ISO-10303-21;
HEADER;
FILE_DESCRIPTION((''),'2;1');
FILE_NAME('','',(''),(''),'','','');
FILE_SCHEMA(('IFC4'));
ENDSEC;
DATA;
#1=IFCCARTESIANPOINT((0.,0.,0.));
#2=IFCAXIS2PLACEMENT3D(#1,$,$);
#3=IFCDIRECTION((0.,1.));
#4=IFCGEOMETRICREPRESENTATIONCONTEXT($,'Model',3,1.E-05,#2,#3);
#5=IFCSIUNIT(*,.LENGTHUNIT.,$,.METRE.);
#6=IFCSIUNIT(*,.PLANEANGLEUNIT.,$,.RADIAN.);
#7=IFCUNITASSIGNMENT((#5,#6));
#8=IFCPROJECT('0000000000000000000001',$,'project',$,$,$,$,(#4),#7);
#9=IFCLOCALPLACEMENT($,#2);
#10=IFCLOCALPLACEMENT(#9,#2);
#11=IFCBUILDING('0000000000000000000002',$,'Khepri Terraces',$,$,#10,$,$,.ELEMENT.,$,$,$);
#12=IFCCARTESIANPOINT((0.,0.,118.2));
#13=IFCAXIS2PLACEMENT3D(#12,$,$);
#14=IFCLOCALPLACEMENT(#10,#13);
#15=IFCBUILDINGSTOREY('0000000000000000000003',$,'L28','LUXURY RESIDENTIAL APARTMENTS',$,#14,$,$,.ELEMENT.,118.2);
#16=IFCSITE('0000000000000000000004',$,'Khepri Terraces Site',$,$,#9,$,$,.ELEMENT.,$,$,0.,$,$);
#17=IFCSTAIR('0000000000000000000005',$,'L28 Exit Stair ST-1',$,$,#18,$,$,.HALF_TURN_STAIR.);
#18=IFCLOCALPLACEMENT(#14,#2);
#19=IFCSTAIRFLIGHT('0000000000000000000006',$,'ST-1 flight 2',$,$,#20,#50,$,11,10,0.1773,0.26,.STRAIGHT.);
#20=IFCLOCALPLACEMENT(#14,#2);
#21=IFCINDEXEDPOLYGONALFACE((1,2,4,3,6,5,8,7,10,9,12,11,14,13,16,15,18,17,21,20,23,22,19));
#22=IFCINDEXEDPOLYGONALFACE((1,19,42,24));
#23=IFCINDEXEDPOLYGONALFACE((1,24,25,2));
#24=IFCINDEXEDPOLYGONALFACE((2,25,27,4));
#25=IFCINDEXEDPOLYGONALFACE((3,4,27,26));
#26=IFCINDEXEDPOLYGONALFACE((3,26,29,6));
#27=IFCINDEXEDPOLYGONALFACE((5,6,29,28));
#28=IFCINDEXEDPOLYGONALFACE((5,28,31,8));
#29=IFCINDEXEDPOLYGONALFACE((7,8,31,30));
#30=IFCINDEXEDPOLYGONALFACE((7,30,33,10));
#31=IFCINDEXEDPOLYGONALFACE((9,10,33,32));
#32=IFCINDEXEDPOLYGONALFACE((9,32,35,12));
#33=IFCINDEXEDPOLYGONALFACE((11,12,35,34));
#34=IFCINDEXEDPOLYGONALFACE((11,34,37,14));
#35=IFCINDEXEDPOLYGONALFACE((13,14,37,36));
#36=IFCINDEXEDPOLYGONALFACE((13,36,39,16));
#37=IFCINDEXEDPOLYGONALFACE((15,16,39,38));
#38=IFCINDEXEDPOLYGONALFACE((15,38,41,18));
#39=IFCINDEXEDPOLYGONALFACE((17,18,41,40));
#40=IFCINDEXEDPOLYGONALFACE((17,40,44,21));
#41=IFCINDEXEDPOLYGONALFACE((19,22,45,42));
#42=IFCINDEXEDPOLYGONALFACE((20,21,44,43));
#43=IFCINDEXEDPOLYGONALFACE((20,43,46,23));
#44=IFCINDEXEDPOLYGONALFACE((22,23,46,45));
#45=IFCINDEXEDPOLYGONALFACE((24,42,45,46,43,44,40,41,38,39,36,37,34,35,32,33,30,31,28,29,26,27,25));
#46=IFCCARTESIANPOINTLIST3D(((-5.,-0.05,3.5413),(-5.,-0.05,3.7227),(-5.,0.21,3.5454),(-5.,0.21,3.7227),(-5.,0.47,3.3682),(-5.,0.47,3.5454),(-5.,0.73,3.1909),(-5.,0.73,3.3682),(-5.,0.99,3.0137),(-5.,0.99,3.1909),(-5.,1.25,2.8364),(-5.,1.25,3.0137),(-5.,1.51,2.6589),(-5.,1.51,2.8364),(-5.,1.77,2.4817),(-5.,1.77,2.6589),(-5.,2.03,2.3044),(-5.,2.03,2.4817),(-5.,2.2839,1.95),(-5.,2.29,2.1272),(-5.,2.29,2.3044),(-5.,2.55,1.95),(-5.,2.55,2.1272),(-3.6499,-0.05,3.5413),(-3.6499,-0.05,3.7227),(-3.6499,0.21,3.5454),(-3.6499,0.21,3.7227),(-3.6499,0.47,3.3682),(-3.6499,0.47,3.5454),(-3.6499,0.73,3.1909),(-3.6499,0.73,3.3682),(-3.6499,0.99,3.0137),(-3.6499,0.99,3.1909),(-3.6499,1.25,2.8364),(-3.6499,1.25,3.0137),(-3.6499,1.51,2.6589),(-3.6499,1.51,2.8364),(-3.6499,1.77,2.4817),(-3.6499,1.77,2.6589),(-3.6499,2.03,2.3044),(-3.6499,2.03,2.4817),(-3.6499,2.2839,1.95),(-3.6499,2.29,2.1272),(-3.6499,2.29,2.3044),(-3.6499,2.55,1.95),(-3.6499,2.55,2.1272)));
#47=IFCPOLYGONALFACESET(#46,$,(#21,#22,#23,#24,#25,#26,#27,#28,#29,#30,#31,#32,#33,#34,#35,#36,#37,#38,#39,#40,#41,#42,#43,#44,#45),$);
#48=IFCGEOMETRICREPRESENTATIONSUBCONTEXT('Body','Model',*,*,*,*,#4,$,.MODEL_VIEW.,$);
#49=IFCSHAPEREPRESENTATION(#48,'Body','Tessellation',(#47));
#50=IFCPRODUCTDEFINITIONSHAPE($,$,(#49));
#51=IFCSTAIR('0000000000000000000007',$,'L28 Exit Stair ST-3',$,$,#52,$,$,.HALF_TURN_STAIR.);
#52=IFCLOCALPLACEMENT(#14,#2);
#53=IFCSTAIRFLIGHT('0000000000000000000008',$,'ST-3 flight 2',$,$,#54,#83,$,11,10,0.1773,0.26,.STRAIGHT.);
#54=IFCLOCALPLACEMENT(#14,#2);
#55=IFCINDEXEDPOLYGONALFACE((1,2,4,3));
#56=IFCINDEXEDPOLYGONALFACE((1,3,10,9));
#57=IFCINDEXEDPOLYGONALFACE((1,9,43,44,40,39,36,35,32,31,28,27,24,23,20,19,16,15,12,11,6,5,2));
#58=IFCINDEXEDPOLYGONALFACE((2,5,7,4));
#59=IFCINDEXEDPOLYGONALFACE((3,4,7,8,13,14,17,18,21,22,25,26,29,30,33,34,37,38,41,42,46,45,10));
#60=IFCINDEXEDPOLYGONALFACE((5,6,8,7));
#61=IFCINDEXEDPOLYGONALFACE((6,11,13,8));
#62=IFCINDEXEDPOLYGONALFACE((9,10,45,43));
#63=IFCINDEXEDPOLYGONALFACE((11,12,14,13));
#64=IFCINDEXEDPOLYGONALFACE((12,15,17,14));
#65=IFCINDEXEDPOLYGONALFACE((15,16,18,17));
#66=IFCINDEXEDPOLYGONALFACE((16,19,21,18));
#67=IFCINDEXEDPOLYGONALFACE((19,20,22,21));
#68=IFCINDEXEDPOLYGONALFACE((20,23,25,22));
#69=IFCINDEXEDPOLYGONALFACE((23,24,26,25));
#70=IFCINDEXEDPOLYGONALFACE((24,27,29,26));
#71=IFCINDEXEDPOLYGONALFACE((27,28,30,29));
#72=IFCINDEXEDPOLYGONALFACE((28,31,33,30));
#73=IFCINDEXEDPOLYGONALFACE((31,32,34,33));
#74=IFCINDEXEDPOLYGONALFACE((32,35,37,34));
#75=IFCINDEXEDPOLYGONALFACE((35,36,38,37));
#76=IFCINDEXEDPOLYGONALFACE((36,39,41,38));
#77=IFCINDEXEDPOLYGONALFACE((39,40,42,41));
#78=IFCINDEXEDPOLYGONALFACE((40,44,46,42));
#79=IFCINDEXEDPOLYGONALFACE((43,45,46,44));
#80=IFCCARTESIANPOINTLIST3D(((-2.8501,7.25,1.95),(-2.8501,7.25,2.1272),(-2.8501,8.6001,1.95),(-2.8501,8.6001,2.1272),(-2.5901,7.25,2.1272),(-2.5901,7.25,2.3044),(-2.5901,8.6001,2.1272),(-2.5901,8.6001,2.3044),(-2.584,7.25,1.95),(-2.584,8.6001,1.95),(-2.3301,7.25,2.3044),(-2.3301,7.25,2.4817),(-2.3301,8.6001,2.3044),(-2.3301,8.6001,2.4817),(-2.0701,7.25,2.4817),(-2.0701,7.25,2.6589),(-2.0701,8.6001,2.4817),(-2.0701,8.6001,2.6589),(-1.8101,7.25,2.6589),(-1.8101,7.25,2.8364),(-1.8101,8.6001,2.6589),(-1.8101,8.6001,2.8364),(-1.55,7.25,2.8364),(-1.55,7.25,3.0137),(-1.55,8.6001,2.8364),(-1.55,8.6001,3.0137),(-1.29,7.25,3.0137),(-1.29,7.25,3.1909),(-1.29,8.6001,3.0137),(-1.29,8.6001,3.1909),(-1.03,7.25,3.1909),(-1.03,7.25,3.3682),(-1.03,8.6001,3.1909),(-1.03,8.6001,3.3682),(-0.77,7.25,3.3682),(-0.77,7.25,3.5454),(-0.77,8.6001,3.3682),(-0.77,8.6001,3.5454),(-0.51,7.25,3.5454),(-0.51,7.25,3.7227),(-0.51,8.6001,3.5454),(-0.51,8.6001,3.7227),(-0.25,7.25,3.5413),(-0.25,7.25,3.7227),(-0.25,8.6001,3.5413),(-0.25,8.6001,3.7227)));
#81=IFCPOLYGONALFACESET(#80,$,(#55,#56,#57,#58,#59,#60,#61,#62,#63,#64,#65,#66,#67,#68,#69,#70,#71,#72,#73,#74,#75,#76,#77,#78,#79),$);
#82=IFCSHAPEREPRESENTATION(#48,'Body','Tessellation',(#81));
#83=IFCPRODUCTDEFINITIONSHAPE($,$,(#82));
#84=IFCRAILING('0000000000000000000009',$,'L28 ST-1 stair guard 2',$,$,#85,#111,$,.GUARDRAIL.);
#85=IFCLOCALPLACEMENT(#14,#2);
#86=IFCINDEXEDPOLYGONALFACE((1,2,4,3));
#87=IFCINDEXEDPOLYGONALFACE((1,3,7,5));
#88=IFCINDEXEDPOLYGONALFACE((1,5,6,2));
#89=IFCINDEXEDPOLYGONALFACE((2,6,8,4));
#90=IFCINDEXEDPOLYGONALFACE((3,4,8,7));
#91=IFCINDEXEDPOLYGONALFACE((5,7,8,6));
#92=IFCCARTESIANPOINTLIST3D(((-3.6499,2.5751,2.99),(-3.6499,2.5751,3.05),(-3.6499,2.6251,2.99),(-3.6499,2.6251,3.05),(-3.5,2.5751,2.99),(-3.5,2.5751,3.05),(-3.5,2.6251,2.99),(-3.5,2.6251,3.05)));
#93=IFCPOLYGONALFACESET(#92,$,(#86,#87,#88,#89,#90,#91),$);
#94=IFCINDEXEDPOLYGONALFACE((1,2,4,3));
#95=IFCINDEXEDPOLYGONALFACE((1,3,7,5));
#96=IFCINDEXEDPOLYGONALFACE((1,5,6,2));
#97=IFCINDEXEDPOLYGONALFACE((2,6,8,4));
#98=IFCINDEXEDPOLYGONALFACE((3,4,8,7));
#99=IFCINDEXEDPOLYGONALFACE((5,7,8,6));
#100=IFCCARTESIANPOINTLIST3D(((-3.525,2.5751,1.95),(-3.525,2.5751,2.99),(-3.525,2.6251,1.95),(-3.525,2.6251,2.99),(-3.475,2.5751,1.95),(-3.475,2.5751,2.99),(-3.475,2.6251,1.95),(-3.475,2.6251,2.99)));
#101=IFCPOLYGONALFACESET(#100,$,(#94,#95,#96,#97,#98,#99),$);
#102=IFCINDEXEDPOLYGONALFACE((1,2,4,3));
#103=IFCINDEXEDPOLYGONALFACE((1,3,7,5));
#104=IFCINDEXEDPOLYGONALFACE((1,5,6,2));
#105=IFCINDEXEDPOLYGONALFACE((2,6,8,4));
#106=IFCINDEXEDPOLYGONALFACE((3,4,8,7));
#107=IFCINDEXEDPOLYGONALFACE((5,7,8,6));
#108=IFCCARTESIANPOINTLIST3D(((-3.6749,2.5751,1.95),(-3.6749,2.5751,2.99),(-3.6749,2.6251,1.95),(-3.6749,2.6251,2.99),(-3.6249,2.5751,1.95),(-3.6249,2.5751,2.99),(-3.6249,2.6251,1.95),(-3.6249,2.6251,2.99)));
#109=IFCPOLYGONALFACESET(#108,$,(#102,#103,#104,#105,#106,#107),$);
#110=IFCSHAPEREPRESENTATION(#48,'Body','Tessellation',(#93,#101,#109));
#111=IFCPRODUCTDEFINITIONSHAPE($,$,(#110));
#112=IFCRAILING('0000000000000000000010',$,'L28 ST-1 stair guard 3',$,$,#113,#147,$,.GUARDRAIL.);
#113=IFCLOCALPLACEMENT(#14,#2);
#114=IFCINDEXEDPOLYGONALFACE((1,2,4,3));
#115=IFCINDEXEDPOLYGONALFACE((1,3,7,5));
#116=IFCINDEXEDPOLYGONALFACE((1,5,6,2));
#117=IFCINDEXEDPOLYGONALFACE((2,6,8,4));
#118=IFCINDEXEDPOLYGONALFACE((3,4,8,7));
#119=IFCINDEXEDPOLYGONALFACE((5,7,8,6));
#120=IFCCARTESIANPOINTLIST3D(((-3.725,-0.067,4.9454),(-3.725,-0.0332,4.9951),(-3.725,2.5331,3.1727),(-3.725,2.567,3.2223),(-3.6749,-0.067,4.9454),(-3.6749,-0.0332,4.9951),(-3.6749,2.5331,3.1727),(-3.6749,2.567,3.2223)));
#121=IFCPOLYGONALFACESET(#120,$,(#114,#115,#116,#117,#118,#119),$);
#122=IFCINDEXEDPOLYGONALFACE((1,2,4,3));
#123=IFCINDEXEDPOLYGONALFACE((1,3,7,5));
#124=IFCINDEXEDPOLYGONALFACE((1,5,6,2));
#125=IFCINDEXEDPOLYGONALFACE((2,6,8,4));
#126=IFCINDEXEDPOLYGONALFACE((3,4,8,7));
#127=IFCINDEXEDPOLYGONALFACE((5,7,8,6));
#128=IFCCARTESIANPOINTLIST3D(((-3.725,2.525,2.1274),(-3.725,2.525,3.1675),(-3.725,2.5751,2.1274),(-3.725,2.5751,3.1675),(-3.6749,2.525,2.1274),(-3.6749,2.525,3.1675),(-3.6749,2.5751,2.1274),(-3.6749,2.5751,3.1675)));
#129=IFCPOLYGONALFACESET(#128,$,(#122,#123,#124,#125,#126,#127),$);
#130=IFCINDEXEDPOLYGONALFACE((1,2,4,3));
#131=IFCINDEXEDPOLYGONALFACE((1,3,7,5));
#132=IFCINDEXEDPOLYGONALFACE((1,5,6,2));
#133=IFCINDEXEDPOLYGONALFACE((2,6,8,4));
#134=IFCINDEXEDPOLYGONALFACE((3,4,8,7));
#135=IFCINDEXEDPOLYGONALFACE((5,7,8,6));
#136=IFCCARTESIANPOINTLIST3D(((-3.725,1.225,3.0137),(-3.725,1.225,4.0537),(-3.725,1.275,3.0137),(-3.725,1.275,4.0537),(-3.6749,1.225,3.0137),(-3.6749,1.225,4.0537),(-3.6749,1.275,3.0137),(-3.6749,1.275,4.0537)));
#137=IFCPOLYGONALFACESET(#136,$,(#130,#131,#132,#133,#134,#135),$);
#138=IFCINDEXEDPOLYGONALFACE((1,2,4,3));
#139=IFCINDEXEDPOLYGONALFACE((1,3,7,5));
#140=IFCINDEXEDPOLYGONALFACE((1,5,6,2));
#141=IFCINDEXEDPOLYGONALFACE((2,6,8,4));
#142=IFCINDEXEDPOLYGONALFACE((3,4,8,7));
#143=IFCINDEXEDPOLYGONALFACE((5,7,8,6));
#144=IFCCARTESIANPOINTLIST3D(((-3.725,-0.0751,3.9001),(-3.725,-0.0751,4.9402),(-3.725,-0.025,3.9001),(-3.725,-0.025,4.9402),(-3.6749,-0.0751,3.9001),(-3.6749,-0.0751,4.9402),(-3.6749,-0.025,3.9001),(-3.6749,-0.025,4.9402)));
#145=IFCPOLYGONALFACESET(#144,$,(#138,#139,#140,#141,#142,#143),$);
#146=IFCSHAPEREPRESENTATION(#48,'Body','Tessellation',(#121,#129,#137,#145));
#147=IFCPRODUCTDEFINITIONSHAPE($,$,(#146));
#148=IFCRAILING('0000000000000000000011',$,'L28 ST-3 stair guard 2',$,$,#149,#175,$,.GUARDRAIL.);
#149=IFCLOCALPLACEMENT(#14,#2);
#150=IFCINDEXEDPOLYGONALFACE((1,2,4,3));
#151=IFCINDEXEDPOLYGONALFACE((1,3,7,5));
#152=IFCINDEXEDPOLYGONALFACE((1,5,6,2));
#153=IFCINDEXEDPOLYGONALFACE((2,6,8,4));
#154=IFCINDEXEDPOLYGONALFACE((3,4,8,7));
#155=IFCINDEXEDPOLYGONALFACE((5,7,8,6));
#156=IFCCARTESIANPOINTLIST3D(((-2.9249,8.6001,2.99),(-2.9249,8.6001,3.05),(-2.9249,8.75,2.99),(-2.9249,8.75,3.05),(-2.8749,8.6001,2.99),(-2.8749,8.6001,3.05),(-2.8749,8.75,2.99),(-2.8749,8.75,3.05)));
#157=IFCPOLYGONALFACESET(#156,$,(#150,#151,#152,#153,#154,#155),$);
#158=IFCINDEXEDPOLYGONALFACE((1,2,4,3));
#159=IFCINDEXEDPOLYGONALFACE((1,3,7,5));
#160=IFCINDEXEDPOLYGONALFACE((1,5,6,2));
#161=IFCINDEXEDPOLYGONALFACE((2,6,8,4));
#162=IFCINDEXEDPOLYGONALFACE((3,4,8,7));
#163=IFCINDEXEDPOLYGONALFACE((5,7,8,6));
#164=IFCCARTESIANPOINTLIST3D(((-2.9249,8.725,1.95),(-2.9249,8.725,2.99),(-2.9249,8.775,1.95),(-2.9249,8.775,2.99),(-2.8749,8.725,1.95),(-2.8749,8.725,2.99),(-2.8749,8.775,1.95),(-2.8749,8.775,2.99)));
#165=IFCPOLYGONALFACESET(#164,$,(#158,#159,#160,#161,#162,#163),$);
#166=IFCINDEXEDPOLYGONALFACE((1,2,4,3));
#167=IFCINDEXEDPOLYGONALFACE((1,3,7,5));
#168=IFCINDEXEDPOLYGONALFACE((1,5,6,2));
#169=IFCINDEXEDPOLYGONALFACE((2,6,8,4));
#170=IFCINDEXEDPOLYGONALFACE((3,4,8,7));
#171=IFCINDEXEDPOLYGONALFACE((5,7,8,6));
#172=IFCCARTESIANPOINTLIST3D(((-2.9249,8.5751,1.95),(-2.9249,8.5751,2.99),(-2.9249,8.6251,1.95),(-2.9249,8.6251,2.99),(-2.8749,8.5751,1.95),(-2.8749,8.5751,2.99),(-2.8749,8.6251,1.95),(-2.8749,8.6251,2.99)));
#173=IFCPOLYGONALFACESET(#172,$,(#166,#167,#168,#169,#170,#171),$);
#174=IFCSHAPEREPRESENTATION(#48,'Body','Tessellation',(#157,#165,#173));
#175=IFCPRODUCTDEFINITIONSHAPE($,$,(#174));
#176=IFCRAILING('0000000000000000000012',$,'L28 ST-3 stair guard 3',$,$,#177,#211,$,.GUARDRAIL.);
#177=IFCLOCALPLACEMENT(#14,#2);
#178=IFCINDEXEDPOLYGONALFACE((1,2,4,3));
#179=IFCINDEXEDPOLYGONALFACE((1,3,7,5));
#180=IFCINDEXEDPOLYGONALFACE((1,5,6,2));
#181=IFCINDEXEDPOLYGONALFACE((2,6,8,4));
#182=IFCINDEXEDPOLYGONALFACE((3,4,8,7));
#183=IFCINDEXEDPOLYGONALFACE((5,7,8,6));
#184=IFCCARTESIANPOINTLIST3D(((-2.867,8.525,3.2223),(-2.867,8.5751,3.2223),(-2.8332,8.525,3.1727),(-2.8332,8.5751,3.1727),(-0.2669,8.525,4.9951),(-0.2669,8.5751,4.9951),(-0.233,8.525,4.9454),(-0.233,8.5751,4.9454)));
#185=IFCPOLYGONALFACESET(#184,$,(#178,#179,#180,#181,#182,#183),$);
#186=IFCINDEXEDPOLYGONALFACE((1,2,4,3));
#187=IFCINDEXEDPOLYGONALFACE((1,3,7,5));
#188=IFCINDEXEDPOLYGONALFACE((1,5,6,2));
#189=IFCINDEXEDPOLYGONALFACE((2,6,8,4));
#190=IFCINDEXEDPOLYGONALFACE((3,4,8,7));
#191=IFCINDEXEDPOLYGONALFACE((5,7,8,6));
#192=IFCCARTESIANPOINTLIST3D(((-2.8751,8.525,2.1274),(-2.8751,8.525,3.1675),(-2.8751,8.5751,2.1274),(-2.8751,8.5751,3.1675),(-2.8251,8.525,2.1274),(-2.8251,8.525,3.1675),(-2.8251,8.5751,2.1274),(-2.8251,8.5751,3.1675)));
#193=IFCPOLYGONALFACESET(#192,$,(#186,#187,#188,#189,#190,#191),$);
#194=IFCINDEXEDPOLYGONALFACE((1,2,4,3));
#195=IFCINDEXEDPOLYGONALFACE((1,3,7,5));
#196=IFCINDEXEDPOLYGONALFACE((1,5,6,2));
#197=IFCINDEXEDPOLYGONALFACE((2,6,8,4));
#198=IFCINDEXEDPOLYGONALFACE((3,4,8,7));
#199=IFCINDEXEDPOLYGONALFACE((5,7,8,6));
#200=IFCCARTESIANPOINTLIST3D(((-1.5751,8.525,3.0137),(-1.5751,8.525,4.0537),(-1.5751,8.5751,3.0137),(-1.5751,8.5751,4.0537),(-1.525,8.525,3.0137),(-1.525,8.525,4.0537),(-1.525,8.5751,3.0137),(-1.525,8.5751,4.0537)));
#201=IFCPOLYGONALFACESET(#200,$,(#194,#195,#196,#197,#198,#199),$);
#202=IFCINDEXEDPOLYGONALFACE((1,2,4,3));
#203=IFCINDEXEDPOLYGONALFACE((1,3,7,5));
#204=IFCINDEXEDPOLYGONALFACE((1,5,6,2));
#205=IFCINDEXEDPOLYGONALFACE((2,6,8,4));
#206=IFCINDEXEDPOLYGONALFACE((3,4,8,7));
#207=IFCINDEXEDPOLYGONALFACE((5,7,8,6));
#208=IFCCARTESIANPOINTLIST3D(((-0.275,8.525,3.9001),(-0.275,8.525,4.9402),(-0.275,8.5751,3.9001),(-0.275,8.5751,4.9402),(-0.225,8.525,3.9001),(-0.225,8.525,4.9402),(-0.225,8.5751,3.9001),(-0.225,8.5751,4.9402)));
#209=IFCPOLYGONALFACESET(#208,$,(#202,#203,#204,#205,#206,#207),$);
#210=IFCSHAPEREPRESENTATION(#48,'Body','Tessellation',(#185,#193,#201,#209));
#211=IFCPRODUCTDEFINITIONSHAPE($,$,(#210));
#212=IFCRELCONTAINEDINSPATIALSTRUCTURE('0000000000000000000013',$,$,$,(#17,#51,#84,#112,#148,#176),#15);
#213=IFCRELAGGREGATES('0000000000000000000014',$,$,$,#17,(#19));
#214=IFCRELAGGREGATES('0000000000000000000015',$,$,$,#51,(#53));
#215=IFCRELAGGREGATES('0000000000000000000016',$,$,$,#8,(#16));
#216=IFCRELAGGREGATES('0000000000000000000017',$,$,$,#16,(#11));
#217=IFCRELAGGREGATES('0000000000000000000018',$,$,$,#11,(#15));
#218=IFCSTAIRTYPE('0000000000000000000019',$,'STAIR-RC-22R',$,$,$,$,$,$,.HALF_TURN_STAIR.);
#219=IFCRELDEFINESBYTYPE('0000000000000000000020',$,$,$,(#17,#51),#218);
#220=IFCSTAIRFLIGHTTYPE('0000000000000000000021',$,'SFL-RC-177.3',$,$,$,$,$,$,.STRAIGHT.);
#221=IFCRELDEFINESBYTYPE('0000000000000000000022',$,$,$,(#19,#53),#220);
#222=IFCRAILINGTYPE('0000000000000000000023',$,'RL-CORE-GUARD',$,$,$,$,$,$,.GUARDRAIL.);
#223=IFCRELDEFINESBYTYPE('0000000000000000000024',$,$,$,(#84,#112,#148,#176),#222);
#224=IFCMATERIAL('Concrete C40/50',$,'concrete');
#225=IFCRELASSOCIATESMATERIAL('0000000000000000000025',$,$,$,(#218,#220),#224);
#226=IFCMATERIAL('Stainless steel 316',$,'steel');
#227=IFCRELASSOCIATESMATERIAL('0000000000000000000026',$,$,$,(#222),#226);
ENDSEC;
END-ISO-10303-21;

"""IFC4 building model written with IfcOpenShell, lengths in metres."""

from ifc_helpers import new_model, si_unit, direction, frame, origin, origin_2d, place, context, subcontext, project, spatial, polyline, rectangle, outline, extrude, material, type_object, element, aggregate, save


model = new_model("IFC4")

# Units and contexts
model_context = context("Model", 3, precision=1e-05, world=origin(), true_north=direction((0.0, 1.0)))
body_context = subcontext(model_context, "Body", "Model", "MODEL_VIEW")
ifc_project = project(units=[si_unit("LENGTHUNIT", "METRE"), si_unit("PLANEANGLEUNIT", "RADIAN")], contexts=[model_context])

# Site, building, storey
site_placement = place(None, origin())
site = spatial("IfcSite", under=ifc_project, at=site_placement, Name="Khepri Terraces Site", CompositionType="ELEMENT", RefElevation=0.0)
building_placement = place(site_placement, origin())
building = spatial("IfcBuilding", under=site, at=building_placement, Name="Khepri Terraces", CompositionType="ELEMENT")
storey_placement = place(building_placement, frame((0.0, 0.0, 118.2)))
storey = spatial("IfcBuildingStorey", under=building, at=storey_placement, Name="L28", Description="LUXURY RESIDENTIAL APARTMENTS", CompositionType="ELEMENT", Elevation=118.2)

# Stairs, stair flights
ifc_material_1 = material(Name="Concrete C40/50", Category="concrete")
stair_type = type_object("IfcStairType", Name="STAIR-RC-22R", PredefinedType="HALF_TURN_STAIR", material=ifc_material_1)
stair_1_placement = place(storey_placement, origin())
stair_1 = element("IfcStair", 1, at=stair_1_placement, inside=storey, type_object=stair_type, Name="L28 Exit Stair ST-1", PredefinedType="HALF_TURN_STAIR")
stair_flight_type = type_object("IfcStairFlightType", Name="SFL-RC-177.3", PredefinedType="STRAIGHT", material=ifc_material_1)
stair_flight_1_placement = place(storey_placement, frame((-4.325, 2.55, 1.95), z_axis=(0.0, 0.0, 1.0), x_axis=(0.0, -1.0, 0.0)))
stair_flight_1 = element("IfcStairFlight", 2, at=stair_flight_1_placement, type_object=stair_flight_type, Name="ST-1 flight 2", NumberOfRisers=11, NumberOfTreads=10, PredefinedType="STRAIGHT", RiserHeight=0.1773, TreadLength=0.26, context=body_context, shape_type="SweptSolid", body=[
    extrude(outline(polyline([(0.0, 0.0), (0.0, 0.1772), (0.26, 0.1772), (0.26, 0.3545), (0.52, 0.3545), (0.52, 0.5317), (0.78, 0.5317), (0.78, 0.709), (1.04, 0.709), (1.04, 0.8865), (1.3, 0.8865), (1.3, 1.0637), (1.5601, 1.0637), (1.5601, 1.241), (1.8201, 1.241), (1.8201, 1.4182), (2.0801, 1.4182), (2.0801, 1.5955), (2.3401, 1.5955), (2.3401, 1.7727), (2.6001, 1.7727), (2.6001, 1.95), (2.6001, 1.5913), (0.2661, 0.0), (0.0, 0.0)])), frame((0.0, 0.675, 0.0), z_axis=(0.0, -1.0, 0.0), x_axis=(1.0, 0.0, 0.0)), (0.0, 0.0, 1.0), 1.3501),
])
aggregate(stair_1, [stair_flight_1])
stair_2_placement = place(storey_placement, origin())
stair_2 = element("IfcStair", 3, at=stair_2_placement, inside=storey, type_object=stair_type, Name="L28 Exit Stair ST-3", PredefinedType="HALF_TURN_STAIR")
stair_flight_2_placement = place(storey_placement, frame((-2.8501, 7.925, 1.95), z_axis=(0.0, 0.0, 1.0), x_axis=(1.0, 0.0, 0.0)))
stair_flight_2 = element("IfcStairFlight", 4, at=stair_flight_2_placement, type_object=stair_flight_type, Name="ST-3 flight 2", NumberOfRisers=11, NumberOfTreads=10, PredefinedType="STRAIGHT", RiserHeight=0.1773, TreadLength=0.26, context=body_context, shape_type="SweptSolid", body=[
    extrude(outline(polyline([(0.0, 0.0), (0.0, 0.1772), (0.26, 0.1772), (0.26, 0.3545), (0.52, 0.3545), (0.52, 0.5317), (0.78, 0.5317), (0.78, 0.709), (1.04, 0.709), (1.04, 0.8865), (1.3, 0.8865), (1.3, 1.0637), (1.5601, 1.0637), (1.5601, 1.241), (1.8201, 1.241), (1.8201, 1.4182), (2.0801, 1.4182), (2.0801, 1.5955), (2.3401, 1.5955), (2.3401, 1.7727), (2.6001, 1.7727), (2.6001, 1.95), (2.6001, 1.5913), (0.2661, 0.0), (0.0, 0.0)])), frame((0.0, 0.675, 0.0), z_axis=(0.0, -1.0, 0.0), x_axis=(1.0, 0.0, 0.0)), (0.0, 0.0, 1.0), 1.3501),
])
aggregate(stair_2, [stair_flight_2])

# Railings
ifc_material_2 = material(Name="Stainless steel 316", Category="steel")
railing_type_1 = type_object("IfcRailingType", Name="RL-CORE-GUARD", PredefinedType="GUARDRAIL", material=ifc_material_2)
railing_1_placement = place(storey_placement, frame((-3.5, 2.6001, 1.95)))
element("IfcRailing", 5, at=railing_1_placement, inside=storey, type_object=railing_type_1, Name="L28 ST-1 stair guard 2", PredefinedType="GUARDRAIL", context=body_context, shape_type="SweptSolid", body=[
    extrude(rectangle(XDim=0.05, YDim=0.0601, at=origin_2d()), frame((0.0, 0.0, 1.0701), z_axis=(-1.0, 0.0, 0.0), x_axis=(0.0, -1.0, 0.0)), (0.0, 0.0, 1.0), 0.1499),
    extrude(rectangle(XDim=0.05, YDim=0.05, at=origin_2d()), origin(), (0.0, 0.0, 1.0), 1.04),
    extrude(rectangle(XDim=0.05, YDim=0.05, at=origin_2d()), frame((-0.1499, 0.0, 0.0)), (0.0, 0.0, 1.0), 1.04),
])
railing_2_placement = place(storey_placement, frame((-3.7, 2.55, 2.1274)))
element("IfcRailing", 6, at=railing_2_placement, inside=storey, type_object=railing_type_1, Name="L28 ST-1 stair guard 3", PredefinedType="GUARDRAIL", context=body_context, shape_type="SweptSolid", body=[
    extrude(rectangle(XDim=0.05, YDim=0.0601, at=origin_2d()), frame((0.0, 0.0, 1.0701), z_axis=(0.0, -0.82624, 0.563318), x_axis=(1.0, 0.0, 0.0)), (0.0, 0.0, 1.0), 3.147),
    extrude(rectangle(XDim=0.05, YDim=0.05, at=origin_2d()), origin(), (0.0, 0.0, 1.0), 1.04),
    extrude(rectangle(XDim=0.05, YDim=0.05, at=origin_2d()), frame((0.0, -1.3, 0.8862)), (0.0, 0.0, 1.0), 1.04),
    extrude(rectangle(XDim=0.05, YDim=0.05, at=origin_2d()), frame((0.0, -2.6001, 1.7727)), (0.0, 0.0, 1.0), 1.04),
])
railing_3_placement = place(storey_placement, frame((-2.8999, 8.75, 1.95)))
element("IfcRailing", 7, at=railing_3_placement, inside=storey, type_object=railing_type_1, Name="L28 ST-3 stair guard 2", PredefinedType="GUARDRAIL", context=body_context, shape_type="SweptSolid", body=[
    extrude(rectangle(XDim=0.05, YDim=0.0601, at=origin_2d()), frame((0.0, 0.0, 1.0701), z_axis=(0.0, -1.0, 0.0), x_axis=(1.0, 0.0, 0.0)), (0.0, 0.0, 1.0), 0.1499),
    extrude(rectangle(XDim=0.05, YDim=0.05, at=origin_2d()), origin(), (0.0, 0.0, 1.0), 1.04),
    extrude(rectangle(XDim=0.05, YDim=0.05, at=origin_2d()), frame((0.0, -0.1499, 0.0)), (0.0, 0.0, 1.0), 1.04),
])
railing_4_placement = place(storey_placement, frame((-2.8501, 8.55, 2.1274)))
element("IfcRailing", 8, at=railing_4_placement, inside=storey, type_object=railing_type_1, Name="L28 ST-3 stair guard 3", PredefinedType="GUARDRAIL", context=body_context, shape_type="SweptSolid", body=[
    extrude(rectangle(XDim=0.05, YDim=0.0601, at=origin_2d()), frame((0.0, 0.0, 1.0701), z_axis=(0.82624, 0.0, 0.563318), x_axis=(0.0, 1.0, 0.0)), (0.0, 0.0, 1.0), 3.147),
    extrude(rectangle(XDim=0.05, YDim=0.05, at=origin_2d()), origin(), (0.0, 0.0, 1.0), 1.04),
    extrude(rectangle(XDim=0.05, YDim=0.05, at=origin_2d()), frame((1.3, 0.0, 0.8862)), (0.0, 0.0, 1.0), 1.04),
    extrude(rectangle(XDim=0.05, YDim=0.05, at=origin_2d()), frame((2.6001, 0.0, 1.7727)), (0.0, 0.0, 1.0), 1.04),
])

save(model, "model.ifc")
